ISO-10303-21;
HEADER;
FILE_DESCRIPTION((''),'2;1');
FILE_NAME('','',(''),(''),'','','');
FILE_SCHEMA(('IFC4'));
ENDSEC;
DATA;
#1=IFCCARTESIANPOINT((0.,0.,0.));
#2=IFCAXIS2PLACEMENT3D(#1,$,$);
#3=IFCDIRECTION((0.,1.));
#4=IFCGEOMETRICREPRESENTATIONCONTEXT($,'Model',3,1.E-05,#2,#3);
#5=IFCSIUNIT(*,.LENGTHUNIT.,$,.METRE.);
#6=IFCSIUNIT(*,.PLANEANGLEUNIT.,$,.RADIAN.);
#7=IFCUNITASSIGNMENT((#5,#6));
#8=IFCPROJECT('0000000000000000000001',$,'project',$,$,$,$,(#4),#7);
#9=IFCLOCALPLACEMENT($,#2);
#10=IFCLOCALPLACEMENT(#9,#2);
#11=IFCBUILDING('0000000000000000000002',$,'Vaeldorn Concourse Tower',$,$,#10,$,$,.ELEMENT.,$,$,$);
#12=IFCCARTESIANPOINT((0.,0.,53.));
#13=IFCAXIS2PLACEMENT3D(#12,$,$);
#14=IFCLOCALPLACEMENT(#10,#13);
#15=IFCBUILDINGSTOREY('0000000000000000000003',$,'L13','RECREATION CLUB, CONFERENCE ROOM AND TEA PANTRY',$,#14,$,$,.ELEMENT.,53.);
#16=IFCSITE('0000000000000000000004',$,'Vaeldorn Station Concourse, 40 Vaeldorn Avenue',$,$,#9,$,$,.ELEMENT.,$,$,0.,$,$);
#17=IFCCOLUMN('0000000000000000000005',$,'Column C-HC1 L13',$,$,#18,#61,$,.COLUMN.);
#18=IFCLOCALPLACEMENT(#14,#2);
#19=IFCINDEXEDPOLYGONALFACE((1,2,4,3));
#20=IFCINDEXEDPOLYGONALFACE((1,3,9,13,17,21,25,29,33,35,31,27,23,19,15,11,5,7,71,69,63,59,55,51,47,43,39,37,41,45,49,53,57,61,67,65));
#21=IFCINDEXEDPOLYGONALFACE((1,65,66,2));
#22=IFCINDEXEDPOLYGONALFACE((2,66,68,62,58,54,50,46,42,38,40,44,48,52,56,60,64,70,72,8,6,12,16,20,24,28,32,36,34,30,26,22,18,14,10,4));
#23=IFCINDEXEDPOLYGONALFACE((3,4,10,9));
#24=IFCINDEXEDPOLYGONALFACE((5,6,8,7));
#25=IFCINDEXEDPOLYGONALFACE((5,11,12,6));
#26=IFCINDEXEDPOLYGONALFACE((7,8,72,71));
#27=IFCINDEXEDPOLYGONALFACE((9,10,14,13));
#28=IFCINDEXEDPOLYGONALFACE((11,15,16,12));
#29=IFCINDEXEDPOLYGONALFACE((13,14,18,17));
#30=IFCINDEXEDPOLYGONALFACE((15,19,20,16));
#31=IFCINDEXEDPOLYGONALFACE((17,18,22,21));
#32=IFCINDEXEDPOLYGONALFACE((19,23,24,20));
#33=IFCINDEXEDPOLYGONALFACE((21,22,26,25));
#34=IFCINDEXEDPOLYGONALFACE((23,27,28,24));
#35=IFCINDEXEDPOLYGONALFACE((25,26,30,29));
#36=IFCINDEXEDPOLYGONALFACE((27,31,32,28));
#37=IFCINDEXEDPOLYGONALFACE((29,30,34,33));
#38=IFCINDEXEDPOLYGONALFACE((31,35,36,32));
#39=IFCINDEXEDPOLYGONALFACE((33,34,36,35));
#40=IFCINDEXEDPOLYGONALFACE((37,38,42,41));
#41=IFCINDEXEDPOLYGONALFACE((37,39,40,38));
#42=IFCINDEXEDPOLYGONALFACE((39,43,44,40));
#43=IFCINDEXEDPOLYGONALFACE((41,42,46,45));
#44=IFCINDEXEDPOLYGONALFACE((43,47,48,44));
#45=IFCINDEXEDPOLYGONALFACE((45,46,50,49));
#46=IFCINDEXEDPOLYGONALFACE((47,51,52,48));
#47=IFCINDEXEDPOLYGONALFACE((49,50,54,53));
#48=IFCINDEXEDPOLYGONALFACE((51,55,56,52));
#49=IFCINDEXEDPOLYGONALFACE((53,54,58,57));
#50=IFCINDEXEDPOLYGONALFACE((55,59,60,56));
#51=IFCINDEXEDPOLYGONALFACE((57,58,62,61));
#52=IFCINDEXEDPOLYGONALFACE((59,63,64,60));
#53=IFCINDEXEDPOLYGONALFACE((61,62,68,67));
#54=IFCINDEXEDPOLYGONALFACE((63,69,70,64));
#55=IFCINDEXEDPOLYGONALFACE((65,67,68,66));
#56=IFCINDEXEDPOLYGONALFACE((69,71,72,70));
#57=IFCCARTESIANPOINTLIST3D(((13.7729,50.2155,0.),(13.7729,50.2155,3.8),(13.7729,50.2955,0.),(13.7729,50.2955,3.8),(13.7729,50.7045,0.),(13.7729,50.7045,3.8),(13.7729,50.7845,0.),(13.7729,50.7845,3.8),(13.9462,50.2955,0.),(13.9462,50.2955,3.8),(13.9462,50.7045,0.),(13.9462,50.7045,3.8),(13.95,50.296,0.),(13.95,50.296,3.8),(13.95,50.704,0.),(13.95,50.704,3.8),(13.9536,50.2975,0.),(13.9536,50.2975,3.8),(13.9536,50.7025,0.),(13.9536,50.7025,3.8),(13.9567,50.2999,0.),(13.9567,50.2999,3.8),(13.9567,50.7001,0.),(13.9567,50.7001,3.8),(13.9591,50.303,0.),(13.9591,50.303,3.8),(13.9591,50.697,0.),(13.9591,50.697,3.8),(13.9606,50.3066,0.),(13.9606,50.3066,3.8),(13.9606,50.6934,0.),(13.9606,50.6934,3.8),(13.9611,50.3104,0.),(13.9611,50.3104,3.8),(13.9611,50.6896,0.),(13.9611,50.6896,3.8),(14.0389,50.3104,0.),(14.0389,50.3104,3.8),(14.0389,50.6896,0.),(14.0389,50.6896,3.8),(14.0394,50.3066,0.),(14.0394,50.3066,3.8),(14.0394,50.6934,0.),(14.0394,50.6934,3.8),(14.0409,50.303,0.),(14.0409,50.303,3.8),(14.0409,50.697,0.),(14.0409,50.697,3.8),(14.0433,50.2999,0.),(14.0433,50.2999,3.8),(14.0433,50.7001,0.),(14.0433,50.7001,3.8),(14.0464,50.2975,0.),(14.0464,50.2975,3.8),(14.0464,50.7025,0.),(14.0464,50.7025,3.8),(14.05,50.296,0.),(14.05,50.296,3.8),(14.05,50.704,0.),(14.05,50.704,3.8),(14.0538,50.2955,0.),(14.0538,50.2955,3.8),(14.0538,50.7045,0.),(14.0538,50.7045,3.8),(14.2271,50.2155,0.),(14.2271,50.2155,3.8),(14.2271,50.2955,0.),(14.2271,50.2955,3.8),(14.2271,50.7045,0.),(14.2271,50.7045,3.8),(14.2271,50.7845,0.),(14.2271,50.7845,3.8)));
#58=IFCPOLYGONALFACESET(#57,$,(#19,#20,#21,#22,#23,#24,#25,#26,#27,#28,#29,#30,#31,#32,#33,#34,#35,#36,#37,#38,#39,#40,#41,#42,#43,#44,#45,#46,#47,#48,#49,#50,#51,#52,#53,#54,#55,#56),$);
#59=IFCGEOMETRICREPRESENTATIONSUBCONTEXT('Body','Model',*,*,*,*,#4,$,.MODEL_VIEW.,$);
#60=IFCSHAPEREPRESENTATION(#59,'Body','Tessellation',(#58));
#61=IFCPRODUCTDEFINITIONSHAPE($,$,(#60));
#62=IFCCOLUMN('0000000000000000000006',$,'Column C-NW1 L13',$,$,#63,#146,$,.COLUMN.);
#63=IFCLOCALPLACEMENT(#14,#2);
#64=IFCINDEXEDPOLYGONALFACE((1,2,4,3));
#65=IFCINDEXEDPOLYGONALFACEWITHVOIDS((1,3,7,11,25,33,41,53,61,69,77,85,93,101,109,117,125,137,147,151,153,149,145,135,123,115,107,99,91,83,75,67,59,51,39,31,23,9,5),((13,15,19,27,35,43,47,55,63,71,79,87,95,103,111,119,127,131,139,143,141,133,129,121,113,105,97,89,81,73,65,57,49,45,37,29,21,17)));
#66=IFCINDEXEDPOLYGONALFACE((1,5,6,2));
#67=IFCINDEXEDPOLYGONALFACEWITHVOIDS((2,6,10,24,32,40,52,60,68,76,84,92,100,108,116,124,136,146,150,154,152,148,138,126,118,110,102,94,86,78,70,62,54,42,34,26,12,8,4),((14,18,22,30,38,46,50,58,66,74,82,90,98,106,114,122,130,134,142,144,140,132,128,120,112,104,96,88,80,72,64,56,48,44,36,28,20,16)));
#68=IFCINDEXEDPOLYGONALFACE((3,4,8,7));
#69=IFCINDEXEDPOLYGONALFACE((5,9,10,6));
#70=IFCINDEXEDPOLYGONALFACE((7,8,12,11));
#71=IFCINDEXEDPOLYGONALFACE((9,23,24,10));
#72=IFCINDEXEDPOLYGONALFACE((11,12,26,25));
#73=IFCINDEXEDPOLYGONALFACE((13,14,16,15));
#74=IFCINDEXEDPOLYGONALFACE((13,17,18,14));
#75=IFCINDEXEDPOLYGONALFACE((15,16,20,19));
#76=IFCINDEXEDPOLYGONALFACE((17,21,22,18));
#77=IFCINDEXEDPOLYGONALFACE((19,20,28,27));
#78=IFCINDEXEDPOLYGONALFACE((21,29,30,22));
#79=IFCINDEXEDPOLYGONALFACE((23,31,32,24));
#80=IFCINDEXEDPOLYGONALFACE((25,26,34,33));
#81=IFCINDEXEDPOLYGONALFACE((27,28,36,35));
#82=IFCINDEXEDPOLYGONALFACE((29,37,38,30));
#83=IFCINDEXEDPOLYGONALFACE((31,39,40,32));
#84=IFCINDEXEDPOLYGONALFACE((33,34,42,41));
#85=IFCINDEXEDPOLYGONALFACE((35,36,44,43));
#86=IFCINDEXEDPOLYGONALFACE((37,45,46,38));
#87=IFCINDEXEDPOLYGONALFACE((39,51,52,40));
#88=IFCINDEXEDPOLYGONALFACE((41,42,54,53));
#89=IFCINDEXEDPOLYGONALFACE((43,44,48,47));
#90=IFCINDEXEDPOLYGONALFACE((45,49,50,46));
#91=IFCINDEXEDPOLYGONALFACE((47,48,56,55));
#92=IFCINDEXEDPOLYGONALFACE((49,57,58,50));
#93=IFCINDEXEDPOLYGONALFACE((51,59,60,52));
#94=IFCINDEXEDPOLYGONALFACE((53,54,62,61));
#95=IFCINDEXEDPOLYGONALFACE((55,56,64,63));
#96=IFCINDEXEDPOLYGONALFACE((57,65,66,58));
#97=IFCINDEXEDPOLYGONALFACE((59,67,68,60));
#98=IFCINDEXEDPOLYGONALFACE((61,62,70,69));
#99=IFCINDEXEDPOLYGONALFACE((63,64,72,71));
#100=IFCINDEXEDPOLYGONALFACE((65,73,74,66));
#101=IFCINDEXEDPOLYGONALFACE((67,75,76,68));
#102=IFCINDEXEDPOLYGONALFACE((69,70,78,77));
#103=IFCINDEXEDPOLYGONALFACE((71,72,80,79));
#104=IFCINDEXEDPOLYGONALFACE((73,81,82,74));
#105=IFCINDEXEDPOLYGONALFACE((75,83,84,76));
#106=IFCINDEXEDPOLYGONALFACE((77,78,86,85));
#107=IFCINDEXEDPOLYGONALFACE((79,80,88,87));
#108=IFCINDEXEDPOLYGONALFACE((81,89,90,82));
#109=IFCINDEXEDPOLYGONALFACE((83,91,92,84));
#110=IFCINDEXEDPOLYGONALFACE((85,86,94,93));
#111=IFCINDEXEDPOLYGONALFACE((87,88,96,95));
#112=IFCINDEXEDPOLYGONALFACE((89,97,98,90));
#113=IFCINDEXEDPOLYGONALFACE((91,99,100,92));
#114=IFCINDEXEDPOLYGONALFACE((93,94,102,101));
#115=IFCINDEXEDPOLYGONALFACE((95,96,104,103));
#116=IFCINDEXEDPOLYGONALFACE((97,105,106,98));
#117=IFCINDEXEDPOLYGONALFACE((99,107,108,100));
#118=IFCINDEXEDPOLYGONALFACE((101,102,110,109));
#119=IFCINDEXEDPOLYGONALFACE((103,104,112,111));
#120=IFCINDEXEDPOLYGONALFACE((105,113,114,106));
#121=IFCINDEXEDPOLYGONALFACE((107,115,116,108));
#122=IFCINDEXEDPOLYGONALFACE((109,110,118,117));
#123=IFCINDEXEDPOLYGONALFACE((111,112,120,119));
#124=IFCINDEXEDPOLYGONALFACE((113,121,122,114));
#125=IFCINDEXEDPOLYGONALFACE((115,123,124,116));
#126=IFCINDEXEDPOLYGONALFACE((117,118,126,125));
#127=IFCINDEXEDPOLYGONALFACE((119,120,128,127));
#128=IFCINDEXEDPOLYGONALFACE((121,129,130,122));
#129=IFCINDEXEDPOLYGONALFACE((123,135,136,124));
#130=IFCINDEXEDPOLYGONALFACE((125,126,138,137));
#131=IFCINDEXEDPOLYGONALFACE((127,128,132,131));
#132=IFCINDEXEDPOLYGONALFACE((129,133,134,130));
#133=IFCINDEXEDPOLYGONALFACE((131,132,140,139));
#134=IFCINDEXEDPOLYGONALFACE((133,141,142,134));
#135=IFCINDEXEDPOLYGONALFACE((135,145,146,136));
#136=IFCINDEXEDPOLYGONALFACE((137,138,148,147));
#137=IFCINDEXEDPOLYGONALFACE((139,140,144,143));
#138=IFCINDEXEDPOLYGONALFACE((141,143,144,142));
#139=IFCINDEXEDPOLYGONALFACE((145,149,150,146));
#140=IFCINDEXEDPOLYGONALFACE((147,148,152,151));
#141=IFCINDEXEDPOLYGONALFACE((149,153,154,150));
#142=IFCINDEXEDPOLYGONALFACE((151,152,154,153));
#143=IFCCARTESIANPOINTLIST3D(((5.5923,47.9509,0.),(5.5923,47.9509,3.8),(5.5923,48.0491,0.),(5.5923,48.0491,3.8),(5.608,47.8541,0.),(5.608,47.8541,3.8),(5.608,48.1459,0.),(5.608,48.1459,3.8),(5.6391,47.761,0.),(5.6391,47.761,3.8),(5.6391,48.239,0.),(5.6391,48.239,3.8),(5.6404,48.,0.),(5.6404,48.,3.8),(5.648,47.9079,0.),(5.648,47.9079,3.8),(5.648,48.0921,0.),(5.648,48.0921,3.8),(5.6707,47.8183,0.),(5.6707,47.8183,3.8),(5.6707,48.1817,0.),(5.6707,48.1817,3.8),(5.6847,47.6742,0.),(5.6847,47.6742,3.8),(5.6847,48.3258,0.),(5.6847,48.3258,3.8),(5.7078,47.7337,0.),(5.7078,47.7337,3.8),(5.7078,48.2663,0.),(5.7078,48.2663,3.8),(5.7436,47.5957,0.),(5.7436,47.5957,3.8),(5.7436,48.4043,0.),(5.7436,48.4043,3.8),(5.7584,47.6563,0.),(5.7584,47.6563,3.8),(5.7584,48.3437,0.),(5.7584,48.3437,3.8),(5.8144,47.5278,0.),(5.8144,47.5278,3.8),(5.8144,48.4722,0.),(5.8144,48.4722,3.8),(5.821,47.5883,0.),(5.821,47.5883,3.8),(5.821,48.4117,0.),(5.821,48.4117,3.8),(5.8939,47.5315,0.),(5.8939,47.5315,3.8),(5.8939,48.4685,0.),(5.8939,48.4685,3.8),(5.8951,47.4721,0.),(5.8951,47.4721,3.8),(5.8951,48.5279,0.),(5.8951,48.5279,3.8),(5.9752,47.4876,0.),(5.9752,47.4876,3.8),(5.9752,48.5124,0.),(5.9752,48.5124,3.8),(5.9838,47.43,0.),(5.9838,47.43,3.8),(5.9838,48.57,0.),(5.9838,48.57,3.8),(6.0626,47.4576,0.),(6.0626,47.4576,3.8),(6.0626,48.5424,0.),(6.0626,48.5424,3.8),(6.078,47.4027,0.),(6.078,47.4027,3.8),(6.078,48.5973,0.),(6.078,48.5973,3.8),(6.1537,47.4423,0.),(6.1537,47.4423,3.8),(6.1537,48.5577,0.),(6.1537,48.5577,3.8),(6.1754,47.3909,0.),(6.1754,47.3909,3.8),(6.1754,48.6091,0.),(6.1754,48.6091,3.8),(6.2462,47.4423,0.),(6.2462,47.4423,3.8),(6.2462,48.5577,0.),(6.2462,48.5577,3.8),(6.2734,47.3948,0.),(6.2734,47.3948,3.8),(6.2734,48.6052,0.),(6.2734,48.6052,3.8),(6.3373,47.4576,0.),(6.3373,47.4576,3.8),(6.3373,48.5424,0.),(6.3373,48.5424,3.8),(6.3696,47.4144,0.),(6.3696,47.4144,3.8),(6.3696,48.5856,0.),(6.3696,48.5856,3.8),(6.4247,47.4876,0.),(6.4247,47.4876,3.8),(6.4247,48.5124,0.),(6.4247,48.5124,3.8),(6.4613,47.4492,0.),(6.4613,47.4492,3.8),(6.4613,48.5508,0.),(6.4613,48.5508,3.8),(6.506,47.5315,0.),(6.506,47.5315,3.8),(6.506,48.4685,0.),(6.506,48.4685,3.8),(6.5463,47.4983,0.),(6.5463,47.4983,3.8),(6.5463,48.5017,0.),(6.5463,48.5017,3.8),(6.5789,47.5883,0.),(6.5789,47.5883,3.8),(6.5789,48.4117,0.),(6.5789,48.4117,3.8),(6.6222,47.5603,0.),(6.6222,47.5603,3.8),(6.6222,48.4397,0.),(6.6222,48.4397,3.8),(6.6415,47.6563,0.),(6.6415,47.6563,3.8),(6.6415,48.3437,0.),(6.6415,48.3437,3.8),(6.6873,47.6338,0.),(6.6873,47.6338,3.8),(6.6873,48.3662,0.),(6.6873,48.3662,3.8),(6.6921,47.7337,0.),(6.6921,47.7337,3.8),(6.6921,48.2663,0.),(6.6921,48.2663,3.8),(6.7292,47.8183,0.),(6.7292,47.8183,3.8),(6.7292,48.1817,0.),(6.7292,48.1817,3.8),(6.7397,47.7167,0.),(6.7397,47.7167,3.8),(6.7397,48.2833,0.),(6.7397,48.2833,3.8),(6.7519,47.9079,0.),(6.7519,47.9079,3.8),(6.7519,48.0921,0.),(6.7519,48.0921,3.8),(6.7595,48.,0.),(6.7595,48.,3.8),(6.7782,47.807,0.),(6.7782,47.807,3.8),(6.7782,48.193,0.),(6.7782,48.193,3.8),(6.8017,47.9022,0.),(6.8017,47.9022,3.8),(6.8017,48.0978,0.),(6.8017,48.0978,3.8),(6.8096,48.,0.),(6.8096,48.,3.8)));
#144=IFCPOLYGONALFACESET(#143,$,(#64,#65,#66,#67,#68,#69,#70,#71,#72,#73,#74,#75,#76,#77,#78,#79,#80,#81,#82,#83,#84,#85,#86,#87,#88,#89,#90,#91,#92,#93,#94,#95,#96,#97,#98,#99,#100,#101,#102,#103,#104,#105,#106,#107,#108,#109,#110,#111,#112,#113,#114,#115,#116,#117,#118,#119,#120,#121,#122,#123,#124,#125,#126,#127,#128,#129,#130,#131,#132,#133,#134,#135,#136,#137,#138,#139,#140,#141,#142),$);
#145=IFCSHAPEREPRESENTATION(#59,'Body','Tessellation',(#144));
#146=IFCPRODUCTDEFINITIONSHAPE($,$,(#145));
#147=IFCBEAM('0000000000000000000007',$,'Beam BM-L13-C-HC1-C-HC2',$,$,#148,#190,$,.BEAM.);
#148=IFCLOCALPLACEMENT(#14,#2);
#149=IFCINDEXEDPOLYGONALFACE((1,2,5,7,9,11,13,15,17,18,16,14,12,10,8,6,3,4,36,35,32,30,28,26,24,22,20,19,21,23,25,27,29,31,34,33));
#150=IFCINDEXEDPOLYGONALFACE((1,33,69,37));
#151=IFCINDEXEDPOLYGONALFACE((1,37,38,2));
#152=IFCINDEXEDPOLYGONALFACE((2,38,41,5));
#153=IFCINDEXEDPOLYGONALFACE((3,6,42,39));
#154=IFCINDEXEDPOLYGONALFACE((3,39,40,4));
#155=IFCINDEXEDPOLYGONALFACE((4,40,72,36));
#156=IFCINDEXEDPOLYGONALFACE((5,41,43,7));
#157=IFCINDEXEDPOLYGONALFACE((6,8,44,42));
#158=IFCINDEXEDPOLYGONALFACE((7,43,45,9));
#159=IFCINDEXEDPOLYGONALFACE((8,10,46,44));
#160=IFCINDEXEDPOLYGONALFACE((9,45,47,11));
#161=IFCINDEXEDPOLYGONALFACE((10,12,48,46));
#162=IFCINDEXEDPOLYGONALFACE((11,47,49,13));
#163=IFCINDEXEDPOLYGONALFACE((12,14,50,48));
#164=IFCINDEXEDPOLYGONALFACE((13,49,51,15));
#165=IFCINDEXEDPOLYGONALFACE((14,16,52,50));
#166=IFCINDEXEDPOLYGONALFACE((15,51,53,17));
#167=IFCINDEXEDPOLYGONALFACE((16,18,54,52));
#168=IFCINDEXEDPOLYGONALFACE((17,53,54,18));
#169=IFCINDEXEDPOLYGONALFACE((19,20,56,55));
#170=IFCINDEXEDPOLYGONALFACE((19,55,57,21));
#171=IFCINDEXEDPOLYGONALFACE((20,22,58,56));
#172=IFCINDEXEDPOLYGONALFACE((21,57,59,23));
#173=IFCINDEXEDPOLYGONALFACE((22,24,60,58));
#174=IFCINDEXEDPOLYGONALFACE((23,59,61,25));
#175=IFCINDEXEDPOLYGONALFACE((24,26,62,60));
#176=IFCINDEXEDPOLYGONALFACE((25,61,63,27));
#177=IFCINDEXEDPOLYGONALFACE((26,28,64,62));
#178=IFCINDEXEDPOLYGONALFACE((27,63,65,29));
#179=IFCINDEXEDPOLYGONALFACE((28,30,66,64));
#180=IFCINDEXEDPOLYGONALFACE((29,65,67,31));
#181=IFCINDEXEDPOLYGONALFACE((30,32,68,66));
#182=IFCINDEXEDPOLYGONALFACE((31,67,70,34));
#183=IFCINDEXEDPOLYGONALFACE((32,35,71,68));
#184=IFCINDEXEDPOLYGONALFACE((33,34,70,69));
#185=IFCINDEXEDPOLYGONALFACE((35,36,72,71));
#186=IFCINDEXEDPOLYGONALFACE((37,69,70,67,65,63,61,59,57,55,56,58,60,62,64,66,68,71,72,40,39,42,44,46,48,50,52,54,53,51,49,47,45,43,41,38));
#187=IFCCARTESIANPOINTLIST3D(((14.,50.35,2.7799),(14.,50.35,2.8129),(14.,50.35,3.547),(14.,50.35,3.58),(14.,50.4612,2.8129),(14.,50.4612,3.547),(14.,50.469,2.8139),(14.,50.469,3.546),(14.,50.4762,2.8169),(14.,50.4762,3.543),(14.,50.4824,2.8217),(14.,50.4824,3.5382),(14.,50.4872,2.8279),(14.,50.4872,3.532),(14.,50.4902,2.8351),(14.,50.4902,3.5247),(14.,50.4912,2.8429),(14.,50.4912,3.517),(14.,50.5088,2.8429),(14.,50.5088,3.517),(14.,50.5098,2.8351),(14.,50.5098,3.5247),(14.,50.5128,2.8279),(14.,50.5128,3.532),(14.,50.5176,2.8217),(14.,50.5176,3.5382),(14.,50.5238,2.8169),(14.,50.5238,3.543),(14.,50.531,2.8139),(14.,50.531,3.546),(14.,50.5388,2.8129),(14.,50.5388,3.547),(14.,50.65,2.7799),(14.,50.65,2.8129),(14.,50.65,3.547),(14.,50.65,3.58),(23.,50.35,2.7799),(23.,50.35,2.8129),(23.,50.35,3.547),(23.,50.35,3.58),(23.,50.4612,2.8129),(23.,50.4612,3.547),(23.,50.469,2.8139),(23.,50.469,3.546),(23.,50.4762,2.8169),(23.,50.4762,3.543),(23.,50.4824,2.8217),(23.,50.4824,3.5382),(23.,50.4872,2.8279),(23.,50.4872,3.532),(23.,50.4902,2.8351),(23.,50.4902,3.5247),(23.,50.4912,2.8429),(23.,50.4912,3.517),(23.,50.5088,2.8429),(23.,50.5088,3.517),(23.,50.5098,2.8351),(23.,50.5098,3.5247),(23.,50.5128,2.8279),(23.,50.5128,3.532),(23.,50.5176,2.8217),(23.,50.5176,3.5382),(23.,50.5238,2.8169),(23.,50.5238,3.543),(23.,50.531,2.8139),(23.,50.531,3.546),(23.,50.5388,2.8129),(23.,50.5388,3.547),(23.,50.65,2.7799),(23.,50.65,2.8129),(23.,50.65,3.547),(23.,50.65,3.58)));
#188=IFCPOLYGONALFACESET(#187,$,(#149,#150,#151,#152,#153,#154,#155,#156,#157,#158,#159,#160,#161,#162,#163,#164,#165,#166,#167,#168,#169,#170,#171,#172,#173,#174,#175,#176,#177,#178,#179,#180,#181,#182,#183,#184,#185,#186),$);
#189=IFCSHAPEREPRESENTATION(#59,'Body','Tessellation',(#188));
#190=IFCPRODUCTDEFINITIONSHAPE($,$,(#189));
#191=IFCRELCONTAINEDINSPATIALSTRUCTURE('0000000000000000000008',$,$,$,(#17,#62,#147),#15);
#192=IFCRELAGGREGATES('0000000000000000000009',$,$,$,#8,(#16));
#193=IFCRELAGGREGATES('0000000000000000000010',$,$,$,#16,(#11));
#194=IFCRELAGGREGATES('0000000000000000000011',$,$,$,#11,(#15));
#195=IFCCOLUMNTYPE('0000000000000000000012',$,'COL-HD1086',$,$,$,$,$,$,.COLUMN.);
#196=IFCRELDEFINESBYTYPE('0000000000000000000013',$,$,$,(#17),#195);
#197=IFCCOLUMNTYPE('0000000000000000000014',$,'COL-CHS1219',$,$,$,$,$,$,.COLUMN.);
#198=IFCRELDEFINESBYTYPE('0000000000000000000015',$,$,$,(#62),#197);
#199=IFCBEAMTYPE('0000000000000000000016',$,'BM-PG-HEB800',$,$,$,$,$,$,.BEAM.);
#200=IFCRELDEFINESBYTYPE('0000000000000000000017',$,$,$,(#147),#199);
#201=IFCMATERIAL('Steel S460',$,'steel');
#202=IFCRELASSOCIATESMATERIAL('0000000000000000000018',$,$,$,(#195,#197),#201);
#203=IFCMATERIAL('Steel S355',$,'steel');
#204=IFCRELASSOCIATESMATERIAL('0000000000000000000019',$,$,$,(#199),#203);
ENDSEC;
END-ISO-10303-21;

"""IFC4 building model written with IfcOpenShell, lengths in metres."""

from ifc_helpers import new_model, si_unit, direction, frame, origin, origin_2d, place, context, subcontext, project, spatial, hollow_circle, i_section, extrude, source, transform, mapped, material, material_profile, profile_set, type_object, element, save


model = new_model("IFC4")

# Units and contexts
model_context = context("Model", 3, precision=1e-05, world=origin(), true_north=direction((0.0, 1.0)))
body_context = subcontext(model_context, "Body", "Model", "MODEL_VIEW")
ifc_project = project(units=[si_unit("LENGTHUNIT", "METRE"), si_unit("PLANEANGLEUNIT", "RADIAN")], contexts=[model_context])

# Site, building, storey
site_placement = place(None, origin())
site = spatial("IfcSite", under=ifc_project, at=site_placement, Name="Vaeldorn Station Concourse, 40 Vaeldorn Avenue", CompositionType="ELEMENT", RefElevation=0.0)
building_placement = place(site_placement, origin())
building = spatial("IfcBuilding", under=site, at=building_placement, Name="Vaeldorn Concourse Tower", CompositionType="ELEMENT")
storey_placement = place(building_placement, frame((0.0, 0.0, 53.0)))
storey = spatial("IfcBuildingStorey", under=building, at=storey_placement, Name="L13", Description="RECREATION CLUB, CONFERENCE ROOM AND TEA PANTRY", CompositionType="ELEMENT", Elevation=53.0)

# Columns
ifc_material_1 = material(Name="Steel S460", Category="steel")
ifc_material_profile_1 = material_profile(ifc_material_1, i_section(OverallWidth=0.4541, OverallDepth=0.5691, WebThickness=0.0779, FlangeThickness=0.0801, FilletRadius=0.0149, at=origin_2d()), Name="HD 400x1086")
ifc_profile_set_1 = profile_set([ifc_material_profile_1], Name="Steel S460")
column_type_1 = type_object("IfcColumnType", Name="COL-HD1086", PredefinedType="COLUMN", material=ifc_profile_set_1)
shared_shape_1 = source(origin(), body_context, "Body", "SweptSolid", [
    extrude(i_section(OverallWidth=0.4541, OverallDepth=0.5691, WebThickness=0.0779, FlangeThickness=0.0801, FilletRadius=0.0149, at=origin_2d()), origin(), (0.0, 0.0, 1.0), 3.8),
])
column_1_placement = place(storey_placement, frame((14.0, 50.5, 0.0), z_axis=(0.0, 0.0, 1.0), x_axis=(1.0, 0.0, 0.0)))
element("IfcColumn", 1, at=column_1_placement, inside=storey, type_object=column_type_1, Name="Column C-HC1 L13", PredefinedType="COLUMN", context=body_context, shape_type="MappedRepresentation", body=[
    mapped(shared_shape_1, transform((0.0, 0.0, 0.0), scale=1.0)),
])
ifc_material_profile_2 = material_profile(ifc_material_1, hollow_circle(Radius=0.6096, WallThickness=0.05, at=origin_2d()), Name="CHS 1219x50")
ifc_profile_set_2 = profile_set([ifc_material_profile_2], Name="Steel S460")
column_type_2 = type_object("IfcColumnType", Name="COL-CHS1219", PredefinedType="COLUMN", material=ifc_profile_set_2)
shared_shape_2 = source(origin(), body_context, "Body", "SweptSolid", [
    extrude(hollow_circle(Radius=0.6096, WallThickness=0.05, at=origin_2d()), origin(), (0.0, 0.0, 1.0), 3.8),
])
column_2_placement = place(storey_placement, frame((6.2, 48.0, 0.0), z_axis=(0.0, 0.0, 1.0), x_axis=(1.0, 0.0, 0.0)))
element("IfcColumn", 2, at=column_2_placement, inside=storey, type_object=column_type_2, Name="Column C-NW1 L13", PredefinedType="COLUMN", context=body_context, shape_type="MappedRepresentation", body=[
    mapped(shared_shape_2, transform((0.0, 0.0, 0.0), scale=1.0)),
])

# Beam
ifc_material_2 = material(Name="Steel S355", Category="steel")
ifc_material_profile_3 = material_profile(ifc_material_2, i_section(OverallWidth=0.3, OverallDepth=0.8, WebThickness=0.0176, FlangeThickness=0.033, FilletRadius=0.03, at=origin_2d()), Name="HEB 800")
ifc_profile_set_3 = profile_set([ifc_material_profile_3], Name="Steel S355")
beam_type_1 = type_object("IfcBeamType", Name="BM-PG-HEB800", PredefinedType="BEAM", material=ifc_profile_set_3)
shared_shape_3 = source(origin(), body_context, "Body", "SweptSolid", [
    extrude(i_section(OverallWidth=0.3, OverallDepth=0.8, WebThickness=0.0176, FlangeThickness=0.033, FilletRadius=0.03, at=origin_2d()), origin(), (0.0, 0.0, 1.0), 9.0),
])
beam_1_placement = place(storey_placement, frame((14.0, 50.5, 3.1799), z_axis=(1.0, 0.0, 0.0), x_axis=(0.0, 1.0, 0.0)))
element("IfcBeam", 3, at=beam_1_placement, inside=storey, type_object=beam_type_1, Name="Beam BM-L13-C-HC1-C-HC2", PredefinedType="BEAM", context=body_context, shape_type="MappedRepresentation", body=[
    mapped(shared_shape_3, transform((0.0, 0.0, 0.0), scale=1.0)),
])

save(model, "model.ifc")
